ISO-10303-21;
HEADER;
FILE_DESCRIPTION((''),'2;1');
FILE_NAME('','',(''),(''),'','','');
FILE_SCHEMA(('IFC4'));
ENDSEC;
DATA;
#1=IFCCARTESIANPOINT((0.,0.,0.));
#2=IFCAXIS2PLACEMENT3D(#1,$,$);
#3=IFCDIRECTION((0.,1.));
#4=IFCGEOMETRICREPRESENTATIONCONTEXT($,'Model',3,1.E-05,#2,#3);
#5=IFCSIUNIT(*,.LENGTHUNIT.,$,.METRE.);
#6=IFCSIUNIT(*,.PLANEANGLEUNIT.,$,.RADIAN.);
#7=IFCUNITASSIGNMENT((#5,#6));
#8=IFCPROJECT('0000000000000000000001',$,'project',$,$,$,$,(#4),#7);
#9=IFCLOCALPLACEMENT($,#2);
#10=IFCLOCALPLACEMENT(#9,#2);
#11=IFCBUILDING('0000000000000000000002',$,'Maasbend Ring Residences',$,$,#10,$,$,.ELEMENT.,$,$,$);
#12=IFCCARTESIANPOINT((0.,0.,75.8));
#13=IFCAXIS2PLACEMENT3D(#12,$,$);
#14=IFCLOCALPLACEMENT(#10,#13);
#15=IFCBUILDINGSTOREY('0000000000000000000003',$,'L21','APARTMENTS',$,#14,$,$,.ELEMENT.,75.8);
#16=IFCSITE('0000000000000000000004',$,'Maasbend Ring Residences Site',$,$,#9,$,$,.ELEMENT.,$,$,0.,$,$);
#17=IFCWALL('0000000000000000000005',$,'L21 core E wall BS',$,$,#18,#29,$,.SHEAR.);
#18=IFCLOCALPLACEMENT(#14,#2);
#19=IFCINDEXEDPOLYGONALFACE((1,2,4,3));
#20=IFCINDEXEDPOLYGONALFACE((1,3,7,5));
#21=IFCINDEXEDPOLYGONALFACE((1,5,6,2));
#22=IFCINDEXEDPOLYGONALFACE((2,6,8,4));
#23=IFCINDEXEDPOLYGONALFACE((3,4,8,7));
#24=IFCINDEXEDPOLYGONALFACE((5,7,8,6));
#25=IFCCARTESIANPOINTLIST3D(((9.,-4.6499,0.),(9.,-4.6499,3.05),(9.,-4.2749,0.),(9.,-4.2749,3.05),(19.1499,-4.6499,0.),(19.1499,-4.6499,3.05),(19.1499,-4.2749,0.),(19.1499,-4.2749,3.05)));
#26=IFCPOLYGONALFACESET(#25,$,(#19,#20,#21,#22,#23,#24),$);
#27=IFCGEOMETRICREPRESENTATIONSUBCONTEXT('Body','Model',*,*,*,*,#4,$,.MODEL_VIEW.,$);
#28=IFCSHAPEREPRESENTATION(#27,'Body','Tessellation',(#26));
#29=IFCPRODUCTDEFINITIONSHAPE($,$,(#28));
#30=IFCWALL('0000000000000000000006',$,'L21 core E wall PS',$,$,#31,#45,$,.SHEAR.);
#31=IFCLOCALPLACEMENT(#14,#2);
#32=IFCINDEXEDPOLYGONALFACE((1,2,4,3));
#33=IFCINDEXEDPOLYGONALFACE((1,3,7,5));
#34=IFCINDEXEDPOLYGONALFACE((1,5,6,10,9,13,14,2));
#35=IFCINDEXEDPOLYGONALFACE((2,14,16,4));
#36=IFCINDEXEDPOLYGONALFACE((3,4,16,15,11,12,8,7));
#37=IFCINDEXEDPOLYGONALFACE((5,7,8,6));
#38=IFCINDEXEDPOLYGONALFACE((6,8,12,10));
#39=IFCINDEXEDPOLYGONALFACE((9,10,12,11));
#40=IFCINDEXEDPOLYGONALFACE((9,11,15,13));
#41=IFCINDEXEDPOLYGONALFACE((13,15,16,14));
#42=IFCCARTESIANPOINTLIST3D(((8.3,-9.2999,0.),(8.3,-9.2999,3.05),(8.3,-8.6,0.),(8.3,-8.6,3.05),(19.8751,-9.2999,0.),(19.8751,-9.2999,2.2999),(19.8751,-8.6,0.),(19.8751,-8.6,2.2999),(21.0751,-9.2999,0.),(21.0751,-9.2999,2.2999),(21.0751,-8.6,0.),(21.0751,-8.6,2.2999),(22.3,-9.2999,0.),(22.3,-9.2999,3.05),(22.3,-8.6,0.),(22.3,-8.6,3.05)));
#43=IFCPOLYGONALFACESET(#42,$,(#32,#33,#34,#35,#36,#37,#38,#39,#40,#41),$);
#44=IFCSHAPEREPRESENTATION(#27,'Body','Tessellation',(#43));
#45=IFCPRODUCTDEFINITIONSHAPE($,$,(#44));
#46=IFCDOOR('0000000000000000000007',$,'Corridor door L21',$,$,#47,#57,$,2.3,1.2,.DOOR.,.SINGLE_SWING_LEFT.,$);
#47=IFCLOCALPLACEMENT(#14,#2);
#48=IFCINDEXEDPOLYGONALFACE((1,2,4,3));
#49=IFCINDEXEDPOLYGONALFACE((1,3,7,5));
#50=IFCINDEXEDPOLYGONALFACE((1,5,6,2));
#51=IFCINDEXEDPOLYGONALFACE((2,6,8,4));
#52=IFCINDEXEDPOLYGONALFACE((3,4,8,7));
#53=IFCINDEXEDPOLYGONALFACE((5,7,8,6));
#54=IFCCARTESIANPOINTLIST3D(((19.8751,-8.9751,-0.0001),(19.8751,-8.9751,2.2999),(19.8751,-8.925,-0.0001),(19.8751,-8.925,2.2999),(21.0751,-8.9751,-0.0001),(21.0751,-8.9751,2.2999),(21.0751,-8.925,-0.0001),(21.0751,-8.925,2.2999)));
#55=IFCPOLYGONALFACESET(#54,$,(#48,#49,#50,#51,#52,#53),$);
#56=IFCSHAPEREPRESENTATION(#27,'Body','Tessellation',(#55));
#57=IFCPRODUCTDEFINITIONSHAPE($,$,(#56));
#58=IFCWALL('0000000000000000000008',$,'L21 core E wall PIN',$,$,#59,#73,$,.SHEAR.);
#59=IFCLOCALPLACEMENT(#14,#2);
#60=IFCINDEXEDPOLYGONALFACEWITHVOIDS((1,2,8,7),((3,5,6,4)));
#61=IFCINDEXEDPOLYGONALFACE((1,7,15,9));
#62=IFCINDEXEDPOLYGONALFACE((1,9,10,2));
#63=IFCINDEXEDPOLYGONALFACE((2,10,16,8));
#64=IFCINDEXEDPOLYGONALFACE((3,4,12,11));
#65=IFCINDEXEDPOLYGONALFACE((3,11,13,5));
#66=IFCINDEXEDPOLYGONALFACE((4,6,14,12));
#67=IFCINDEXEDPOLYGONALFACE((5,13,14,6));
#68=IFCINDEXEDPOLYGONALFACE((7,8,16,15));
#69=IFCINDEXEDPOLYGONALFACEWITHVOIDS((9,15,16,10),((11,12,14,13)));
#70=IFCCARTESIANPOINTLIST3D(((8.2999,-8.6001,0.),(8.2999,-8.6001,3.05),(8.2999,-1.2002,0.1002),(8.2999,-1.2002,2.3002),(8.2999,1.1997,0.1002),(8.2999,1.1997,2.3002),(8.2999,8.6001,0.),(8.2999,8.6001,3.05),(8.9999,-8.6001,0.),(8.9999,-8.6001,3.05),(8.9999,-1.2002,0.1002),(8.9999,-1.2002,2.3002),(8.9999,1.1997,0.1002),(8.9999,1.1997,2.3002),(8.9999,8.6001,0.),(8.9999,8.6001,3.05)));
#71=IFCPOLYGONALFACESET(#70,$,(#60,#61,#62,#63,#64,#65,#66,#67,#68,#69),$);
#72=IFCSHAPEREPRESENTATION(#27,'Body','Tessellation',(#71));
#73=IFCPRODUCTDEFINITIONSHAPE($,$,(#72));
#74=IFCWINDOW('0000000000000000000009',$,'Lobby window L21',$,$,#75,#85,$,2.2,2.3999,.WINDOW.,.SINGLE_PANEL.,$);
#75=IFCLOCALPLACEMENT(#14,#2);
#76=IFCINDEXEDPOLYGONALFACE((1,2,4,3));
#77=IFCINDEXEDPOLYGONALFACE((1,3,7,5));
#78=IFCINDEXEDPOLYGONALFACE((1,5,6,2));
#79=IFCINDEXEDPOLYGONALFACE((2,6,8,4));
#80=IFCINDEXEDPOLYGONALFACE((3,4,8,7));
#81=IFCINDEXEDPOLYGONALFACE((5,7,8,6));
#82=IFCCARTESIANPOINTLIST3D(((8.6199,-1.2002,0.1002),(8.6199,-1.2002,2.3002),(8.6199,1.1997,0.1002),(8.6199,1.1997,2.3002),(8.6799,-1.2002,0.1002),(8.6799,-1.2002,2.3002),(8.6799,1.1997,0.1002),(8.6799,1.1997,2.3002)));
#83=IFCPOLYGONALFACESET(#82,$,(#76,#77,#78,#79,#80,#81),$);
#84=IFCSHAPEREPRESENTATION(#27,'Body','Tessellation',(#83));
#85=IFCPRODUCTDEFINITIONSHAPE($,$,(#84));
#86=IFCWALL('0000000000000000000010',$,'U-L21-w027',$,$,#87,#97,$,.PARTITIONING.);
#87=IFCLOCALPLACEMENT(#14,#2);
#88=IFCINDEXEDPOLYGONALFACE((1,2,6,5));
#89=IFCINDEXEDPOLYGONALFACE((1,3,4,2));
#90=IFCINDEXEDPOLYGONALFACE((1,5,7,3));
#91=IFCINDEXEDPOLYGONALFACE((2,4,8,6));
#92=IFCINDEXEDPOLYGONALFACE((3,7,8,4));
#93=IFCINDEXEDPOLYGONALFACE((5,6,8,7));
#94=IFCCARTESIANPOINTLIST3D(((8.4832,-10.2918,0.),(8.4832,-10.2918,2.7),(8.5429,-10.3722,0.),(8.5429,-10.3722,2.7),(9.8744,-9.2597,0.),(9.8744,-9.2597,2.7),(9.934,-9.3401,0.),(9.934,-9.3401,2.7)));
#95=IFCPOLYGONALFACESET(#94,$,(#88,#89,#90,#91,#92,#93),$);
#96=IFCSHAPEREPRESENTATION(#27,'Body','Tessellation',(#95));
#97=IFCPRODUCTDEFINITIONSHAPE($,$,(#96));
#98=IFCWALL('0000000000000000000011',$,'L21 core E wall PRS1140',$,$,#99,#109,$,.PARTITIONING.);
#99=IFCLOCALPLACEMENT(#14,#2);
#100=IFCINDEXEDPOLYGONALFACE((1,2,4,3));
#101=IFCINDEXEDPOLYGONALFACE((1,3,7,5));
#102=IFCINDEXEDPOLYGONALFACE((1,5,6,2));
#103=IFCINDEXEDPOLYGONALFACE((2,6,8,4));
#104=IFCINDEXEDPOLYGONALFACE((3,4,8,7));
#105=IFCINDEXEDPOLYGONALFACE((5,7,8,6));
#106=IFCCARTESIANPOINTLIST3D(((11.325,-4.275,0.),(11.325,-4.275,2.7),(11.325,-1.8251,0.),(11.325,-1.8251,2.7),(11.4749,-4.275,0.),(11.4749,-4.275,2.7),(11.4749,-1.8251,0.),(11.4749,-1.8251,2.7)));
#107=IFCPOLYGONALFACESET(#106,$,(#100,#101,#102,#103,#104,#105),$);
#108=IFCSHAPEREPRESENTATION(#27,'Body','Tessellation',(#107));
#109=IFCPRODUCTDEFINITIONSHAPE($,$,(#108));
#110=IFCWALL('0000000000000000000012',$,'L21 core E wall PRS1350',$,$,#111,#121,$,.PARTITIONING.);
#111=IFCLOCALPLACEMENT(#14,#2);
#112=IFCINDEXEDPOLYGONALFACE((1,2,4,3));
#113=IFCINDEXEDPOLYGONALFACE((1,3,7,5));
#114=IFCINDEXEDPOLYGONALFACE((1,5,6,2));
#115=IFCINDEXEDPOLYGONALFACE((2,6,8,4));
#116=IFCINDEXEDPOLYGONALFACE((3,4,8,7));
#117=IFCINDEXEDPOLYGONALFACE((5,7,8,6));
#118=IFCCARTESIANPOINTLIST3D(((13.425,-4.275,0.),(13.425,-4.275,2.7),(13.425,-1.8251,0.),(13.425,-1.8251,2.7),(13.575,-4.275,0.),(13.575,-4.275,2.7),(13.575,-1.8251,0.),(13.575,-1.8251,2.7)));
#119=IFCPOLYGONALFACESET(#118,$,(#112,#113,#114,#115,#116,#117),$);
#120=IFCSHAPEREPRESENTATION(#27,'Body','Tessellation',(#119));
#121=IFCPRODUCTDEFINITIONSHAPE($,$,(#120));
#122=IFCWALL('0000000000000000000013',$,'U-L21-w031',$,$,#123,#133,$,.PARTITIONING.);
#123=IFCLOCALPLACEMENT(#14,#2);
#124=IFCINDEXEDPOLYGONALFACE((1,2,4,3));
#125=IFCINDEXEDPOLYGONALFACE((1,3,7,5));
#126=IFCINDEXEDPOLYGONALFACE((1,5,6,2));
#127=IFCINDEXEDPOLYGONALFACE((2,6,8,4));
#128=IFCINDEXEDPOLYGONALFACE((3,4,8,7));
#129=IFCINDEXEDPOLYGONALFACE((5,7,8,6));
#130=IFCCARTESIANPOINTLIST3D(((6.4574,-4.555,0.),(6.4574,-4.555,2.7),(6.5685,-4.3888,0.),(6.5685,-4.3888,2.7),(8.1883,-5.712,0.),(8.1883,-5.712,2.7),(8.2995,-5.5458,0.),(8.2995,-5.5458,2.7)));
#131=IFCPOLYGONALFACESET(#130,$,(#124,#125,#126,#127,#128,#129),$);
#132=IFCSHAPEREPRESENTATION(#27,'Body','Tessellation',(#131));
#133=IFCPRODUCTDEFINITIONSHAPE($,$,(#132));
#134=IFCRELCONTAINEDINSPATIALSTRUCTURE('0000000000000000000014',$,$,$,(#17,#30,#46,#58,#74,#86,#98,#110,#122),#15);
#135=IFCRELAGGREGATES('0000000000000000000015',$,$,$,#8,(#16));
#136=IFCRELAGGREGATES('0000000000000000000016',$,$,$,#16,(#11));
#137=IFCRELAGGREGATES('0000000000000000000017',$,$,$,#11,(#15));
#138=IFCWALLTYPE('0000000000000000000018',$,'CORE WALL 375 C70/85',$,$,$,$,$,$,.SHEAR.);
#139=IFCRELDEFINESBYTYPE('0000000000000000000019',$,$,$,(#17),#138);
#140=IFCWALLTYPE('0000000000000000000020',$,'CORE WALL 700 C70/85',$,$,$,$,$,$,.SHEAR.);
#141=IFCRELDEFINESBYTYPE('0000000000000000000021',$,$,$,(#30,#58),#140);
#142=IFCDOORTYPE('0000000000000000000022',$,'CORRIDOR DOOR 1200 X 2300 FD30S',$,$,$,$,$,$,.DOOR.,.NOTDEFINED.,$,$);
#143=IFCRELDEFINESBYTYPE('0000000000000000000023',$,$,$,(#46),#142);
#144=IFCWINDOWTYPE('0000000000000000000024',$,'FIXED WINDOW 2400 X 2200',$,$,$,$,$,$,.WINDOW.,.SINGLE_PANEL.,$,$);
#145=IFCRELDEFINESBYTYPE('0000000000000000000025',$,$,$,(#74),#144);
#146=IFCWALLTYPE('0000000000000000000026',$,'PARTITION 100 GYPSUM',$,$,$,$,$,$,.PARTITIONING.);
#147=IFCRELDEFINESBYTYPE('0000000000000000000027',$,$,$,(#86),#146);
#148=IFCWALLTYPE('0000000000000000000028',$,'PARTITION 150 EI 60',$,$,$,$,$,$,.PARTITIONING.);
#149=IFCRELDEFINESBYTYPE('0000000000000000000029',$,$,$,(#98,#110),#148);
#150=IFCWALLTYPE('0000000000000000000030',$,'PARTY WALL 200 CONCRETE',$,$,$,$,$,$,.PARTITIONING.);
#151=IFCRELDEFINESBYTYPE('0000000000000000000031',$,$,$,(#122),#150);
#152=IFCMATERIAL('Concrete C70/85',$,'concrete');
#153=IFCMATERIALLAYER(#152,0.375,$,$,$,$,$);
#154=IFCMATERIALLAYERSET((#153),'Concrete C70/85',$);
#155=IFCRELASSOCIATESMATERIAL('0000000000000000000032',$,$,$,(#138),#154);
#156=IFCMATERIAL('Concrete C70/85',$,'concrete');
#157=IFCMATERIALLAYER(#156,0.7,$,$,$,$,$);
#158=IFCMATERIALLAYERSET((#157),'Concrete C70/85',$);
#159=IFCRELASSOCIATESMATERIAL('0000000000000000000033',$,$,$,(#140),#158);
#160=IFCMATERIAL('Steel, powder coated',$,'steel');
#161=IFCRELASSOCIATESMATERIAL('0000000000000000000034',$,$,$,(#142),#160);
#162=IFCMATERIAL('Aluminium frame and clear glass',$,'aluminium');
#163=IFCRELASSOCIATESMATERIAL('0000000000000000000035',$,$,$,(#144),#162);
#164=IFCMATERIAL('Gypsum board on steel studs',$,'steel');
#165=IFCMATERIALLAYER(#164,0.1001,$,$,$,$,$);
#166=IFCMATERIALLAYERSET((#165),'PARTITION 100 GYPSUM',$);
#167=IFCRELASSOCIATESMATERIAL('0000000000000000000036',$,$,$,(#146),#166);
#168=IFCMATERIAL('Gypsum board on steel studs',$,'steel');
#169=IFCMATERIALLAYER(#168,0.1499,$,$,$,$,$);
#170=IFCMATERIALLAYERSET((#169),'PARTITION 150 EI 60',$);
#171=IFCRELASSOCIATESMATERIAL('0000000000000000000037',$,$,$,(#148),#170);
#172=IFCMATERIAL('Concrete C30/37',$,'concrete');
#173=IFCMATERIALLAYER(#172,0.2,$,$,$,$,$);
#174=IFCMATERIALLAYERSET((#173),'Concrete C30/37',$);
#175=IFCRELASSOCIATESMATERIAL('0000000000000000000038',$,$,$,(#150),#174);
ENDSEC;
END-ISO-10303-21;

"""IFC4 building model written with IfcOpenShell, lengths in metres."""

from ifc_helpers import new_model, si_unit, direction, frame, frame_2d, origin, place, context, subcontext, project, spatial, rectangle, extrude, material, layer, layer_set, type_object, element, fill, save


model = new_model("IFC4")

# Units and contexts
model_context = context("Model", 3, precision=1e-05, world=origin(), true_north=direction((0.0, 1.0)))
body_context = subcontext(model_context, "Body", "Model", "MODEL_VIEW")
ifc_project = project(units=[si_unit("LENGTHUNIT", "METRE"), si_unit("PLANEANGLEUNIT", "RADIAN")], contexts=[model_context])

# Site, building, storey
site_placement = place(None, origin())
site = spatial("IfcSite", under=ifc_project, at=site_placement, Name="Maasbend Ring Residences Site", CompositionType="ELEMENT", RefElevation=0.0)
building_placement = place(site_placement, origin())
building = spatial("IfcBuilding", under=site, at=building_placement, Name="Maasbend Ring Residences", CompositionType="ELEMENT")
storey_placement = place(building_placement, frame((0.0, 0.0, 75.8)))
storey = spatial("IfcBuildingStorey", under=building, at=storey_placement, Name="L21", Description="APARTMENTS", CompositionType="ELEMENT", Elevation=75.8)

# Wall
ifc_material_1 = material(Name="Concrete C70/85", Category="concrete")
ifc_layer_1 = layer(ifc_material_1, 0.375)
ifc_layer_set_1 = layer_set([ifc_layer_1], Name="Concrete C70/85")
wall_type_1 = type_object("IfcWallType", Name="CORE WALL 375 C70/85", PredefinedType="SHEAR", material=ifc_layer_set_1)
wall_1_placement = place(storey_placement, frame((9.0, -4.4624, 0.0), z_axis=(0.0, 0.0, 1.0), x_axis=(1.0, 0.0, 0.0)))
element("IfcWall", 1, at=wall_1_placement, inside=storey, type_object=wall_type_1, Name="L21 core E wall BS", PredefinedType="SHEAR", context=body_context, shape_type="SweptSolid", body=[
    extrude(rectangle(XDim=10.1499, YDim=0.375, at=frame_2d((5.075, 0.0))), origin(), (0.0, 0.0, 1.0), 3.05),
])

# Wall, opening, door
ifc_material_2 = material(Name="Concrete C70/85", Category="concrete")
ifc_layer_2 = layer(ifc_material_2, 0.7)
ifc_layer_set_2 = layer_set([ifc_layer_2], Name="Concrete C70/85")
wall_type_2 = type_object("IfcWallType", Name="CORE WALL 700 C70/85", PredefinedType="SHEAR", material=ifc_layer_set_2)
wall_2_placement = place(storey_placement, frame((8.3, -8.95, 0.0), z_axis=(0.0, 0.0, 1.0), x_axis=(1.0, 0.0, 0.0)))
wall_2 = element("IfcWall", 2, at=wall_2_placement, inside=storey, type_object=wall_type_2, Name="L21 core E wall PS", PredefinedType="SHEAR", context=body_context, shape_type="SweptSolid", body=[
    extrude(rectangle(XDim=14.0, YDim=0.7, at=frame_2d((7.0, 0.0))), origin(), (0.0, 0.0, 1.0), 3.05),
])
opening_1_placement = place(wall_2_placement, frame((11.575, 0.0, 0.0)))
opening_1 = element("IfcOpeningElement", 3, at=opening_1_placement, cuts=wall_2, PredefinedType="OPENING", context=body_context, shape_type="SweptSolid", body=[
    extrude(rectangle(XDim=1.2, YDim=2.3, at=frame_2d((0.6001, 1.1499))), frame((0.0, 0.3599, 0.0), z_axis=(0.0, -1.0, 0.0), x_axis=(1.0, 0.0, 0.0)), (0.0, 0.0, 1.0), 0.72),
])
ifc_material_3 = material(Name="Steel, powder coated", Category="steel")
door_type = type_object("IfcDoorType", Name="CORRIDOR DOOR 1200 X 2300 FD30S", OperationType="NOTDEFINED", PredefinedType="DOOR", material=ifc_material_3)
door_placement = place(opening_1_placement, origin())
door = element("IfcDoor", 4, at=door_placement, inside=storey, type_object=door_type, Name="Corridor door L21", OperationType="SINGLE_SWING_LEFT", OverallHeight=2.3, OverallWidth=1.2, PredefinedType="DOOR", context=body_context, shape_type="SweptSolid", body=[
    extrude(rectangle(XDim=1.2, YDim=2.3, at=frame_2d((0.6001, 1.1499))), frame((0.0, 0.0249, 0.0), z_axis=(0.0, -1.0, 0.0), x_axis=(1.0, 0.0, 0.0)), (0.0, 0.0, 1.0), 0.05),
])
fill(opening_1, door)

# Wall, opening, window
wall_3_placement = place(storey_placement, frame((8.6499, -8.6001, 0.0), z_axis=(0.0, 0.0, 1.0), x_axis=(0.0, 1.0, 0.0)))
wall_3 = element("IfcWall", 5, at=wall_3_placement, inside=storey, type_object=wall_type_2, Name="L21 core E wall PIN", PredefinedType="SHEAR", context=body_context, shape_type="SweptSolid", body=[
    extrude(rectangle(XDim=17.2002, YDim=0.7, at=frame_2d((8.6001, 0.0))), origin(), (0.0, 0.0, 1.0), 3.05),
])
opening_2_placement = place(wall_3_placement, frame((7.3999, 0.0, 0.1001)))
opening_2 = element("IfcOpeningElement", 6, at=opening_2_placement, cuts=wall_3, PredefinedType="OPENING", context=body_context, shape_type="SweptSolid", body=[
    extrude(rectangle(XDim=2.3999, YDim=2.2, at=frame_2d((1.2, 1.1001))), frame((0.0, 0.3599, 0.0), z_axis=(0.0, -1.0, 0.0), x_axis=(1.0, 0.0, 0.0)), (0.0, 0.0, 1.0), 0.72),
])
ifc_material_4 = material(Name="Aluminium frame and clear glass", Category="aluminium")
window_type = type_object("IfcWindowType", Name="FIXED WINDOW 2400 X 2200", PartitioningType="SINGLE_PANEL", PredefinedType="WINDOW", material=ifc_material_4)
window_placement = place(opening_2_placement, origin())
window = element("IfcWindow", 7, at=window_placement, inside=storey, type_object=window_type, Name="Lobby window L21", OverallHeight=2.2, OverallWidth=2.3999, PartitioningType="SINGLE_PANEL", PredefinedType="WINDOW", context=body_context, shape_type="SweptSolid", body=[
    extrude(rectangle(XDim=2.3999, YDim=2.2, at=frame_2d((1.2, 1.1001))), frame((0.0, 0.03, 0.0), z_axis=(0.0, -1.0, 0.0), x_axis=(1.0, 0.0, 0.0)), (0.0, 0.0, 1.0), 0.0601),
])
fill(opening_2, window)

# Walls
ifc_material_5 = material(Name="Gypsum board on steel studs", Category="steel")
ifc_layer_3 = layer(ifc_material_5, 0.1001)
ifc_layer_set_3 = layer_set([ifc_layer_3], Name="PARTITION 100 GYPSUM")
wall_type_3 = type_object("IfcWallType", Name="PARTITION 100 GYPSUM", PredefinedType="PARTITIONING", material=ifc_layer_set_3)
wall_4_placement = place(storey_placement, frame((8.5129, -10.332, 0.0), z_axis=(0.0, 0.0, 1.0), x_axis=(0.803135, 0.595797, 0.0)))
element("IfcWall", 8, at=wall_4_placement, inside=storey, type_object=wall_type_3, Name="U-L21-w027", PredefinedType="PARTITIONING", context=body_context, shape_type="SweptSolid", body=[
    extrude(rectangle(XDim=1.7322, YDim=0.1001, at=frame_2d((0.8662, 0.0))), origin(), (0.0, 0.0, 1.0), 2.7),
])
ifc_material_6 = material(Name="Gypsum board on steel studs", Category="steel")
ifc_layer_4 = layer(ifc_material_6, 0.1499)
ifc_layer_set_4 = layer_set([ifc_layer_4], Name="PARTITION 150 EI 60")
wall_type_4 = type_object("IfcWallType", Name="PARTITION 150 EI 60", PredefinedType="PARTITIONING", material=ifc_layer_set_4)
for number, where, z_axis, x_axis, name in (
    (9, (11.3999, -1.825, 0.0), (0.0, 0.0, 1.0), (0.0, -1.0, 0.0), "L21 core E wall PRS1140"),
    (10, (13.5, -1.825, 0.0), (0.0, 0.0, 1.0), (0.0, -1.0, 0.0), "L21 core E wall PRS1350"),
):
    element("IfcWall", number, at=place(storey_placement, frame(where, z_axis=z_axis, x_axis=x_axis)), inside=storey, type_object=wall_type_4, Name=name, PredefinedType="PARTITIONING", context=body_context, shape_type="SweptSolid", body=[
        extrude(rectangle(XDim=2.45, YDim=0.1499, at=frame_2d((1.2251, 0.0))), origin(), (0.0, 0.0, 1.0), 2.7),
    ])
ifc_material_7 = material(Name="Concrete C30/37", Category="concrete")
ifc_layer_5 = layer(ifc_material_7, 0.2)
ifc_layer_set_5 = layer_set([ifc_layer_5], Name="Concrete C30/37")
wall_type_5 = type_object("IfcWallType", Name="PARTY WALL 200 CONCRETE", PredefinedType="PARTITIONING", material=ifc_layer_set_5)
wall_5_placement = place(storey_placement, frame((6.5129, -4.4719, 0.0), z_axis=(0.0, 0.0, 1.0), x_axis=(0.831382, -0.555701, 0.0)))
element("IfcWall", 11, at=wall_5_placement, inside=storey, type_object=wall_type_5, Name="U-L21-w031", PredefinedType="PARTITIONING", context=body_context, shape_type="SweptSolid", body=[
    extrude(rectangle(XDim=2.082, YDim=0.2, at=frame_2d((1.041, 0.0))), origin(), (0.0, 0.0, 1.0), 2.7),
])

save(model, "model.ifc")
